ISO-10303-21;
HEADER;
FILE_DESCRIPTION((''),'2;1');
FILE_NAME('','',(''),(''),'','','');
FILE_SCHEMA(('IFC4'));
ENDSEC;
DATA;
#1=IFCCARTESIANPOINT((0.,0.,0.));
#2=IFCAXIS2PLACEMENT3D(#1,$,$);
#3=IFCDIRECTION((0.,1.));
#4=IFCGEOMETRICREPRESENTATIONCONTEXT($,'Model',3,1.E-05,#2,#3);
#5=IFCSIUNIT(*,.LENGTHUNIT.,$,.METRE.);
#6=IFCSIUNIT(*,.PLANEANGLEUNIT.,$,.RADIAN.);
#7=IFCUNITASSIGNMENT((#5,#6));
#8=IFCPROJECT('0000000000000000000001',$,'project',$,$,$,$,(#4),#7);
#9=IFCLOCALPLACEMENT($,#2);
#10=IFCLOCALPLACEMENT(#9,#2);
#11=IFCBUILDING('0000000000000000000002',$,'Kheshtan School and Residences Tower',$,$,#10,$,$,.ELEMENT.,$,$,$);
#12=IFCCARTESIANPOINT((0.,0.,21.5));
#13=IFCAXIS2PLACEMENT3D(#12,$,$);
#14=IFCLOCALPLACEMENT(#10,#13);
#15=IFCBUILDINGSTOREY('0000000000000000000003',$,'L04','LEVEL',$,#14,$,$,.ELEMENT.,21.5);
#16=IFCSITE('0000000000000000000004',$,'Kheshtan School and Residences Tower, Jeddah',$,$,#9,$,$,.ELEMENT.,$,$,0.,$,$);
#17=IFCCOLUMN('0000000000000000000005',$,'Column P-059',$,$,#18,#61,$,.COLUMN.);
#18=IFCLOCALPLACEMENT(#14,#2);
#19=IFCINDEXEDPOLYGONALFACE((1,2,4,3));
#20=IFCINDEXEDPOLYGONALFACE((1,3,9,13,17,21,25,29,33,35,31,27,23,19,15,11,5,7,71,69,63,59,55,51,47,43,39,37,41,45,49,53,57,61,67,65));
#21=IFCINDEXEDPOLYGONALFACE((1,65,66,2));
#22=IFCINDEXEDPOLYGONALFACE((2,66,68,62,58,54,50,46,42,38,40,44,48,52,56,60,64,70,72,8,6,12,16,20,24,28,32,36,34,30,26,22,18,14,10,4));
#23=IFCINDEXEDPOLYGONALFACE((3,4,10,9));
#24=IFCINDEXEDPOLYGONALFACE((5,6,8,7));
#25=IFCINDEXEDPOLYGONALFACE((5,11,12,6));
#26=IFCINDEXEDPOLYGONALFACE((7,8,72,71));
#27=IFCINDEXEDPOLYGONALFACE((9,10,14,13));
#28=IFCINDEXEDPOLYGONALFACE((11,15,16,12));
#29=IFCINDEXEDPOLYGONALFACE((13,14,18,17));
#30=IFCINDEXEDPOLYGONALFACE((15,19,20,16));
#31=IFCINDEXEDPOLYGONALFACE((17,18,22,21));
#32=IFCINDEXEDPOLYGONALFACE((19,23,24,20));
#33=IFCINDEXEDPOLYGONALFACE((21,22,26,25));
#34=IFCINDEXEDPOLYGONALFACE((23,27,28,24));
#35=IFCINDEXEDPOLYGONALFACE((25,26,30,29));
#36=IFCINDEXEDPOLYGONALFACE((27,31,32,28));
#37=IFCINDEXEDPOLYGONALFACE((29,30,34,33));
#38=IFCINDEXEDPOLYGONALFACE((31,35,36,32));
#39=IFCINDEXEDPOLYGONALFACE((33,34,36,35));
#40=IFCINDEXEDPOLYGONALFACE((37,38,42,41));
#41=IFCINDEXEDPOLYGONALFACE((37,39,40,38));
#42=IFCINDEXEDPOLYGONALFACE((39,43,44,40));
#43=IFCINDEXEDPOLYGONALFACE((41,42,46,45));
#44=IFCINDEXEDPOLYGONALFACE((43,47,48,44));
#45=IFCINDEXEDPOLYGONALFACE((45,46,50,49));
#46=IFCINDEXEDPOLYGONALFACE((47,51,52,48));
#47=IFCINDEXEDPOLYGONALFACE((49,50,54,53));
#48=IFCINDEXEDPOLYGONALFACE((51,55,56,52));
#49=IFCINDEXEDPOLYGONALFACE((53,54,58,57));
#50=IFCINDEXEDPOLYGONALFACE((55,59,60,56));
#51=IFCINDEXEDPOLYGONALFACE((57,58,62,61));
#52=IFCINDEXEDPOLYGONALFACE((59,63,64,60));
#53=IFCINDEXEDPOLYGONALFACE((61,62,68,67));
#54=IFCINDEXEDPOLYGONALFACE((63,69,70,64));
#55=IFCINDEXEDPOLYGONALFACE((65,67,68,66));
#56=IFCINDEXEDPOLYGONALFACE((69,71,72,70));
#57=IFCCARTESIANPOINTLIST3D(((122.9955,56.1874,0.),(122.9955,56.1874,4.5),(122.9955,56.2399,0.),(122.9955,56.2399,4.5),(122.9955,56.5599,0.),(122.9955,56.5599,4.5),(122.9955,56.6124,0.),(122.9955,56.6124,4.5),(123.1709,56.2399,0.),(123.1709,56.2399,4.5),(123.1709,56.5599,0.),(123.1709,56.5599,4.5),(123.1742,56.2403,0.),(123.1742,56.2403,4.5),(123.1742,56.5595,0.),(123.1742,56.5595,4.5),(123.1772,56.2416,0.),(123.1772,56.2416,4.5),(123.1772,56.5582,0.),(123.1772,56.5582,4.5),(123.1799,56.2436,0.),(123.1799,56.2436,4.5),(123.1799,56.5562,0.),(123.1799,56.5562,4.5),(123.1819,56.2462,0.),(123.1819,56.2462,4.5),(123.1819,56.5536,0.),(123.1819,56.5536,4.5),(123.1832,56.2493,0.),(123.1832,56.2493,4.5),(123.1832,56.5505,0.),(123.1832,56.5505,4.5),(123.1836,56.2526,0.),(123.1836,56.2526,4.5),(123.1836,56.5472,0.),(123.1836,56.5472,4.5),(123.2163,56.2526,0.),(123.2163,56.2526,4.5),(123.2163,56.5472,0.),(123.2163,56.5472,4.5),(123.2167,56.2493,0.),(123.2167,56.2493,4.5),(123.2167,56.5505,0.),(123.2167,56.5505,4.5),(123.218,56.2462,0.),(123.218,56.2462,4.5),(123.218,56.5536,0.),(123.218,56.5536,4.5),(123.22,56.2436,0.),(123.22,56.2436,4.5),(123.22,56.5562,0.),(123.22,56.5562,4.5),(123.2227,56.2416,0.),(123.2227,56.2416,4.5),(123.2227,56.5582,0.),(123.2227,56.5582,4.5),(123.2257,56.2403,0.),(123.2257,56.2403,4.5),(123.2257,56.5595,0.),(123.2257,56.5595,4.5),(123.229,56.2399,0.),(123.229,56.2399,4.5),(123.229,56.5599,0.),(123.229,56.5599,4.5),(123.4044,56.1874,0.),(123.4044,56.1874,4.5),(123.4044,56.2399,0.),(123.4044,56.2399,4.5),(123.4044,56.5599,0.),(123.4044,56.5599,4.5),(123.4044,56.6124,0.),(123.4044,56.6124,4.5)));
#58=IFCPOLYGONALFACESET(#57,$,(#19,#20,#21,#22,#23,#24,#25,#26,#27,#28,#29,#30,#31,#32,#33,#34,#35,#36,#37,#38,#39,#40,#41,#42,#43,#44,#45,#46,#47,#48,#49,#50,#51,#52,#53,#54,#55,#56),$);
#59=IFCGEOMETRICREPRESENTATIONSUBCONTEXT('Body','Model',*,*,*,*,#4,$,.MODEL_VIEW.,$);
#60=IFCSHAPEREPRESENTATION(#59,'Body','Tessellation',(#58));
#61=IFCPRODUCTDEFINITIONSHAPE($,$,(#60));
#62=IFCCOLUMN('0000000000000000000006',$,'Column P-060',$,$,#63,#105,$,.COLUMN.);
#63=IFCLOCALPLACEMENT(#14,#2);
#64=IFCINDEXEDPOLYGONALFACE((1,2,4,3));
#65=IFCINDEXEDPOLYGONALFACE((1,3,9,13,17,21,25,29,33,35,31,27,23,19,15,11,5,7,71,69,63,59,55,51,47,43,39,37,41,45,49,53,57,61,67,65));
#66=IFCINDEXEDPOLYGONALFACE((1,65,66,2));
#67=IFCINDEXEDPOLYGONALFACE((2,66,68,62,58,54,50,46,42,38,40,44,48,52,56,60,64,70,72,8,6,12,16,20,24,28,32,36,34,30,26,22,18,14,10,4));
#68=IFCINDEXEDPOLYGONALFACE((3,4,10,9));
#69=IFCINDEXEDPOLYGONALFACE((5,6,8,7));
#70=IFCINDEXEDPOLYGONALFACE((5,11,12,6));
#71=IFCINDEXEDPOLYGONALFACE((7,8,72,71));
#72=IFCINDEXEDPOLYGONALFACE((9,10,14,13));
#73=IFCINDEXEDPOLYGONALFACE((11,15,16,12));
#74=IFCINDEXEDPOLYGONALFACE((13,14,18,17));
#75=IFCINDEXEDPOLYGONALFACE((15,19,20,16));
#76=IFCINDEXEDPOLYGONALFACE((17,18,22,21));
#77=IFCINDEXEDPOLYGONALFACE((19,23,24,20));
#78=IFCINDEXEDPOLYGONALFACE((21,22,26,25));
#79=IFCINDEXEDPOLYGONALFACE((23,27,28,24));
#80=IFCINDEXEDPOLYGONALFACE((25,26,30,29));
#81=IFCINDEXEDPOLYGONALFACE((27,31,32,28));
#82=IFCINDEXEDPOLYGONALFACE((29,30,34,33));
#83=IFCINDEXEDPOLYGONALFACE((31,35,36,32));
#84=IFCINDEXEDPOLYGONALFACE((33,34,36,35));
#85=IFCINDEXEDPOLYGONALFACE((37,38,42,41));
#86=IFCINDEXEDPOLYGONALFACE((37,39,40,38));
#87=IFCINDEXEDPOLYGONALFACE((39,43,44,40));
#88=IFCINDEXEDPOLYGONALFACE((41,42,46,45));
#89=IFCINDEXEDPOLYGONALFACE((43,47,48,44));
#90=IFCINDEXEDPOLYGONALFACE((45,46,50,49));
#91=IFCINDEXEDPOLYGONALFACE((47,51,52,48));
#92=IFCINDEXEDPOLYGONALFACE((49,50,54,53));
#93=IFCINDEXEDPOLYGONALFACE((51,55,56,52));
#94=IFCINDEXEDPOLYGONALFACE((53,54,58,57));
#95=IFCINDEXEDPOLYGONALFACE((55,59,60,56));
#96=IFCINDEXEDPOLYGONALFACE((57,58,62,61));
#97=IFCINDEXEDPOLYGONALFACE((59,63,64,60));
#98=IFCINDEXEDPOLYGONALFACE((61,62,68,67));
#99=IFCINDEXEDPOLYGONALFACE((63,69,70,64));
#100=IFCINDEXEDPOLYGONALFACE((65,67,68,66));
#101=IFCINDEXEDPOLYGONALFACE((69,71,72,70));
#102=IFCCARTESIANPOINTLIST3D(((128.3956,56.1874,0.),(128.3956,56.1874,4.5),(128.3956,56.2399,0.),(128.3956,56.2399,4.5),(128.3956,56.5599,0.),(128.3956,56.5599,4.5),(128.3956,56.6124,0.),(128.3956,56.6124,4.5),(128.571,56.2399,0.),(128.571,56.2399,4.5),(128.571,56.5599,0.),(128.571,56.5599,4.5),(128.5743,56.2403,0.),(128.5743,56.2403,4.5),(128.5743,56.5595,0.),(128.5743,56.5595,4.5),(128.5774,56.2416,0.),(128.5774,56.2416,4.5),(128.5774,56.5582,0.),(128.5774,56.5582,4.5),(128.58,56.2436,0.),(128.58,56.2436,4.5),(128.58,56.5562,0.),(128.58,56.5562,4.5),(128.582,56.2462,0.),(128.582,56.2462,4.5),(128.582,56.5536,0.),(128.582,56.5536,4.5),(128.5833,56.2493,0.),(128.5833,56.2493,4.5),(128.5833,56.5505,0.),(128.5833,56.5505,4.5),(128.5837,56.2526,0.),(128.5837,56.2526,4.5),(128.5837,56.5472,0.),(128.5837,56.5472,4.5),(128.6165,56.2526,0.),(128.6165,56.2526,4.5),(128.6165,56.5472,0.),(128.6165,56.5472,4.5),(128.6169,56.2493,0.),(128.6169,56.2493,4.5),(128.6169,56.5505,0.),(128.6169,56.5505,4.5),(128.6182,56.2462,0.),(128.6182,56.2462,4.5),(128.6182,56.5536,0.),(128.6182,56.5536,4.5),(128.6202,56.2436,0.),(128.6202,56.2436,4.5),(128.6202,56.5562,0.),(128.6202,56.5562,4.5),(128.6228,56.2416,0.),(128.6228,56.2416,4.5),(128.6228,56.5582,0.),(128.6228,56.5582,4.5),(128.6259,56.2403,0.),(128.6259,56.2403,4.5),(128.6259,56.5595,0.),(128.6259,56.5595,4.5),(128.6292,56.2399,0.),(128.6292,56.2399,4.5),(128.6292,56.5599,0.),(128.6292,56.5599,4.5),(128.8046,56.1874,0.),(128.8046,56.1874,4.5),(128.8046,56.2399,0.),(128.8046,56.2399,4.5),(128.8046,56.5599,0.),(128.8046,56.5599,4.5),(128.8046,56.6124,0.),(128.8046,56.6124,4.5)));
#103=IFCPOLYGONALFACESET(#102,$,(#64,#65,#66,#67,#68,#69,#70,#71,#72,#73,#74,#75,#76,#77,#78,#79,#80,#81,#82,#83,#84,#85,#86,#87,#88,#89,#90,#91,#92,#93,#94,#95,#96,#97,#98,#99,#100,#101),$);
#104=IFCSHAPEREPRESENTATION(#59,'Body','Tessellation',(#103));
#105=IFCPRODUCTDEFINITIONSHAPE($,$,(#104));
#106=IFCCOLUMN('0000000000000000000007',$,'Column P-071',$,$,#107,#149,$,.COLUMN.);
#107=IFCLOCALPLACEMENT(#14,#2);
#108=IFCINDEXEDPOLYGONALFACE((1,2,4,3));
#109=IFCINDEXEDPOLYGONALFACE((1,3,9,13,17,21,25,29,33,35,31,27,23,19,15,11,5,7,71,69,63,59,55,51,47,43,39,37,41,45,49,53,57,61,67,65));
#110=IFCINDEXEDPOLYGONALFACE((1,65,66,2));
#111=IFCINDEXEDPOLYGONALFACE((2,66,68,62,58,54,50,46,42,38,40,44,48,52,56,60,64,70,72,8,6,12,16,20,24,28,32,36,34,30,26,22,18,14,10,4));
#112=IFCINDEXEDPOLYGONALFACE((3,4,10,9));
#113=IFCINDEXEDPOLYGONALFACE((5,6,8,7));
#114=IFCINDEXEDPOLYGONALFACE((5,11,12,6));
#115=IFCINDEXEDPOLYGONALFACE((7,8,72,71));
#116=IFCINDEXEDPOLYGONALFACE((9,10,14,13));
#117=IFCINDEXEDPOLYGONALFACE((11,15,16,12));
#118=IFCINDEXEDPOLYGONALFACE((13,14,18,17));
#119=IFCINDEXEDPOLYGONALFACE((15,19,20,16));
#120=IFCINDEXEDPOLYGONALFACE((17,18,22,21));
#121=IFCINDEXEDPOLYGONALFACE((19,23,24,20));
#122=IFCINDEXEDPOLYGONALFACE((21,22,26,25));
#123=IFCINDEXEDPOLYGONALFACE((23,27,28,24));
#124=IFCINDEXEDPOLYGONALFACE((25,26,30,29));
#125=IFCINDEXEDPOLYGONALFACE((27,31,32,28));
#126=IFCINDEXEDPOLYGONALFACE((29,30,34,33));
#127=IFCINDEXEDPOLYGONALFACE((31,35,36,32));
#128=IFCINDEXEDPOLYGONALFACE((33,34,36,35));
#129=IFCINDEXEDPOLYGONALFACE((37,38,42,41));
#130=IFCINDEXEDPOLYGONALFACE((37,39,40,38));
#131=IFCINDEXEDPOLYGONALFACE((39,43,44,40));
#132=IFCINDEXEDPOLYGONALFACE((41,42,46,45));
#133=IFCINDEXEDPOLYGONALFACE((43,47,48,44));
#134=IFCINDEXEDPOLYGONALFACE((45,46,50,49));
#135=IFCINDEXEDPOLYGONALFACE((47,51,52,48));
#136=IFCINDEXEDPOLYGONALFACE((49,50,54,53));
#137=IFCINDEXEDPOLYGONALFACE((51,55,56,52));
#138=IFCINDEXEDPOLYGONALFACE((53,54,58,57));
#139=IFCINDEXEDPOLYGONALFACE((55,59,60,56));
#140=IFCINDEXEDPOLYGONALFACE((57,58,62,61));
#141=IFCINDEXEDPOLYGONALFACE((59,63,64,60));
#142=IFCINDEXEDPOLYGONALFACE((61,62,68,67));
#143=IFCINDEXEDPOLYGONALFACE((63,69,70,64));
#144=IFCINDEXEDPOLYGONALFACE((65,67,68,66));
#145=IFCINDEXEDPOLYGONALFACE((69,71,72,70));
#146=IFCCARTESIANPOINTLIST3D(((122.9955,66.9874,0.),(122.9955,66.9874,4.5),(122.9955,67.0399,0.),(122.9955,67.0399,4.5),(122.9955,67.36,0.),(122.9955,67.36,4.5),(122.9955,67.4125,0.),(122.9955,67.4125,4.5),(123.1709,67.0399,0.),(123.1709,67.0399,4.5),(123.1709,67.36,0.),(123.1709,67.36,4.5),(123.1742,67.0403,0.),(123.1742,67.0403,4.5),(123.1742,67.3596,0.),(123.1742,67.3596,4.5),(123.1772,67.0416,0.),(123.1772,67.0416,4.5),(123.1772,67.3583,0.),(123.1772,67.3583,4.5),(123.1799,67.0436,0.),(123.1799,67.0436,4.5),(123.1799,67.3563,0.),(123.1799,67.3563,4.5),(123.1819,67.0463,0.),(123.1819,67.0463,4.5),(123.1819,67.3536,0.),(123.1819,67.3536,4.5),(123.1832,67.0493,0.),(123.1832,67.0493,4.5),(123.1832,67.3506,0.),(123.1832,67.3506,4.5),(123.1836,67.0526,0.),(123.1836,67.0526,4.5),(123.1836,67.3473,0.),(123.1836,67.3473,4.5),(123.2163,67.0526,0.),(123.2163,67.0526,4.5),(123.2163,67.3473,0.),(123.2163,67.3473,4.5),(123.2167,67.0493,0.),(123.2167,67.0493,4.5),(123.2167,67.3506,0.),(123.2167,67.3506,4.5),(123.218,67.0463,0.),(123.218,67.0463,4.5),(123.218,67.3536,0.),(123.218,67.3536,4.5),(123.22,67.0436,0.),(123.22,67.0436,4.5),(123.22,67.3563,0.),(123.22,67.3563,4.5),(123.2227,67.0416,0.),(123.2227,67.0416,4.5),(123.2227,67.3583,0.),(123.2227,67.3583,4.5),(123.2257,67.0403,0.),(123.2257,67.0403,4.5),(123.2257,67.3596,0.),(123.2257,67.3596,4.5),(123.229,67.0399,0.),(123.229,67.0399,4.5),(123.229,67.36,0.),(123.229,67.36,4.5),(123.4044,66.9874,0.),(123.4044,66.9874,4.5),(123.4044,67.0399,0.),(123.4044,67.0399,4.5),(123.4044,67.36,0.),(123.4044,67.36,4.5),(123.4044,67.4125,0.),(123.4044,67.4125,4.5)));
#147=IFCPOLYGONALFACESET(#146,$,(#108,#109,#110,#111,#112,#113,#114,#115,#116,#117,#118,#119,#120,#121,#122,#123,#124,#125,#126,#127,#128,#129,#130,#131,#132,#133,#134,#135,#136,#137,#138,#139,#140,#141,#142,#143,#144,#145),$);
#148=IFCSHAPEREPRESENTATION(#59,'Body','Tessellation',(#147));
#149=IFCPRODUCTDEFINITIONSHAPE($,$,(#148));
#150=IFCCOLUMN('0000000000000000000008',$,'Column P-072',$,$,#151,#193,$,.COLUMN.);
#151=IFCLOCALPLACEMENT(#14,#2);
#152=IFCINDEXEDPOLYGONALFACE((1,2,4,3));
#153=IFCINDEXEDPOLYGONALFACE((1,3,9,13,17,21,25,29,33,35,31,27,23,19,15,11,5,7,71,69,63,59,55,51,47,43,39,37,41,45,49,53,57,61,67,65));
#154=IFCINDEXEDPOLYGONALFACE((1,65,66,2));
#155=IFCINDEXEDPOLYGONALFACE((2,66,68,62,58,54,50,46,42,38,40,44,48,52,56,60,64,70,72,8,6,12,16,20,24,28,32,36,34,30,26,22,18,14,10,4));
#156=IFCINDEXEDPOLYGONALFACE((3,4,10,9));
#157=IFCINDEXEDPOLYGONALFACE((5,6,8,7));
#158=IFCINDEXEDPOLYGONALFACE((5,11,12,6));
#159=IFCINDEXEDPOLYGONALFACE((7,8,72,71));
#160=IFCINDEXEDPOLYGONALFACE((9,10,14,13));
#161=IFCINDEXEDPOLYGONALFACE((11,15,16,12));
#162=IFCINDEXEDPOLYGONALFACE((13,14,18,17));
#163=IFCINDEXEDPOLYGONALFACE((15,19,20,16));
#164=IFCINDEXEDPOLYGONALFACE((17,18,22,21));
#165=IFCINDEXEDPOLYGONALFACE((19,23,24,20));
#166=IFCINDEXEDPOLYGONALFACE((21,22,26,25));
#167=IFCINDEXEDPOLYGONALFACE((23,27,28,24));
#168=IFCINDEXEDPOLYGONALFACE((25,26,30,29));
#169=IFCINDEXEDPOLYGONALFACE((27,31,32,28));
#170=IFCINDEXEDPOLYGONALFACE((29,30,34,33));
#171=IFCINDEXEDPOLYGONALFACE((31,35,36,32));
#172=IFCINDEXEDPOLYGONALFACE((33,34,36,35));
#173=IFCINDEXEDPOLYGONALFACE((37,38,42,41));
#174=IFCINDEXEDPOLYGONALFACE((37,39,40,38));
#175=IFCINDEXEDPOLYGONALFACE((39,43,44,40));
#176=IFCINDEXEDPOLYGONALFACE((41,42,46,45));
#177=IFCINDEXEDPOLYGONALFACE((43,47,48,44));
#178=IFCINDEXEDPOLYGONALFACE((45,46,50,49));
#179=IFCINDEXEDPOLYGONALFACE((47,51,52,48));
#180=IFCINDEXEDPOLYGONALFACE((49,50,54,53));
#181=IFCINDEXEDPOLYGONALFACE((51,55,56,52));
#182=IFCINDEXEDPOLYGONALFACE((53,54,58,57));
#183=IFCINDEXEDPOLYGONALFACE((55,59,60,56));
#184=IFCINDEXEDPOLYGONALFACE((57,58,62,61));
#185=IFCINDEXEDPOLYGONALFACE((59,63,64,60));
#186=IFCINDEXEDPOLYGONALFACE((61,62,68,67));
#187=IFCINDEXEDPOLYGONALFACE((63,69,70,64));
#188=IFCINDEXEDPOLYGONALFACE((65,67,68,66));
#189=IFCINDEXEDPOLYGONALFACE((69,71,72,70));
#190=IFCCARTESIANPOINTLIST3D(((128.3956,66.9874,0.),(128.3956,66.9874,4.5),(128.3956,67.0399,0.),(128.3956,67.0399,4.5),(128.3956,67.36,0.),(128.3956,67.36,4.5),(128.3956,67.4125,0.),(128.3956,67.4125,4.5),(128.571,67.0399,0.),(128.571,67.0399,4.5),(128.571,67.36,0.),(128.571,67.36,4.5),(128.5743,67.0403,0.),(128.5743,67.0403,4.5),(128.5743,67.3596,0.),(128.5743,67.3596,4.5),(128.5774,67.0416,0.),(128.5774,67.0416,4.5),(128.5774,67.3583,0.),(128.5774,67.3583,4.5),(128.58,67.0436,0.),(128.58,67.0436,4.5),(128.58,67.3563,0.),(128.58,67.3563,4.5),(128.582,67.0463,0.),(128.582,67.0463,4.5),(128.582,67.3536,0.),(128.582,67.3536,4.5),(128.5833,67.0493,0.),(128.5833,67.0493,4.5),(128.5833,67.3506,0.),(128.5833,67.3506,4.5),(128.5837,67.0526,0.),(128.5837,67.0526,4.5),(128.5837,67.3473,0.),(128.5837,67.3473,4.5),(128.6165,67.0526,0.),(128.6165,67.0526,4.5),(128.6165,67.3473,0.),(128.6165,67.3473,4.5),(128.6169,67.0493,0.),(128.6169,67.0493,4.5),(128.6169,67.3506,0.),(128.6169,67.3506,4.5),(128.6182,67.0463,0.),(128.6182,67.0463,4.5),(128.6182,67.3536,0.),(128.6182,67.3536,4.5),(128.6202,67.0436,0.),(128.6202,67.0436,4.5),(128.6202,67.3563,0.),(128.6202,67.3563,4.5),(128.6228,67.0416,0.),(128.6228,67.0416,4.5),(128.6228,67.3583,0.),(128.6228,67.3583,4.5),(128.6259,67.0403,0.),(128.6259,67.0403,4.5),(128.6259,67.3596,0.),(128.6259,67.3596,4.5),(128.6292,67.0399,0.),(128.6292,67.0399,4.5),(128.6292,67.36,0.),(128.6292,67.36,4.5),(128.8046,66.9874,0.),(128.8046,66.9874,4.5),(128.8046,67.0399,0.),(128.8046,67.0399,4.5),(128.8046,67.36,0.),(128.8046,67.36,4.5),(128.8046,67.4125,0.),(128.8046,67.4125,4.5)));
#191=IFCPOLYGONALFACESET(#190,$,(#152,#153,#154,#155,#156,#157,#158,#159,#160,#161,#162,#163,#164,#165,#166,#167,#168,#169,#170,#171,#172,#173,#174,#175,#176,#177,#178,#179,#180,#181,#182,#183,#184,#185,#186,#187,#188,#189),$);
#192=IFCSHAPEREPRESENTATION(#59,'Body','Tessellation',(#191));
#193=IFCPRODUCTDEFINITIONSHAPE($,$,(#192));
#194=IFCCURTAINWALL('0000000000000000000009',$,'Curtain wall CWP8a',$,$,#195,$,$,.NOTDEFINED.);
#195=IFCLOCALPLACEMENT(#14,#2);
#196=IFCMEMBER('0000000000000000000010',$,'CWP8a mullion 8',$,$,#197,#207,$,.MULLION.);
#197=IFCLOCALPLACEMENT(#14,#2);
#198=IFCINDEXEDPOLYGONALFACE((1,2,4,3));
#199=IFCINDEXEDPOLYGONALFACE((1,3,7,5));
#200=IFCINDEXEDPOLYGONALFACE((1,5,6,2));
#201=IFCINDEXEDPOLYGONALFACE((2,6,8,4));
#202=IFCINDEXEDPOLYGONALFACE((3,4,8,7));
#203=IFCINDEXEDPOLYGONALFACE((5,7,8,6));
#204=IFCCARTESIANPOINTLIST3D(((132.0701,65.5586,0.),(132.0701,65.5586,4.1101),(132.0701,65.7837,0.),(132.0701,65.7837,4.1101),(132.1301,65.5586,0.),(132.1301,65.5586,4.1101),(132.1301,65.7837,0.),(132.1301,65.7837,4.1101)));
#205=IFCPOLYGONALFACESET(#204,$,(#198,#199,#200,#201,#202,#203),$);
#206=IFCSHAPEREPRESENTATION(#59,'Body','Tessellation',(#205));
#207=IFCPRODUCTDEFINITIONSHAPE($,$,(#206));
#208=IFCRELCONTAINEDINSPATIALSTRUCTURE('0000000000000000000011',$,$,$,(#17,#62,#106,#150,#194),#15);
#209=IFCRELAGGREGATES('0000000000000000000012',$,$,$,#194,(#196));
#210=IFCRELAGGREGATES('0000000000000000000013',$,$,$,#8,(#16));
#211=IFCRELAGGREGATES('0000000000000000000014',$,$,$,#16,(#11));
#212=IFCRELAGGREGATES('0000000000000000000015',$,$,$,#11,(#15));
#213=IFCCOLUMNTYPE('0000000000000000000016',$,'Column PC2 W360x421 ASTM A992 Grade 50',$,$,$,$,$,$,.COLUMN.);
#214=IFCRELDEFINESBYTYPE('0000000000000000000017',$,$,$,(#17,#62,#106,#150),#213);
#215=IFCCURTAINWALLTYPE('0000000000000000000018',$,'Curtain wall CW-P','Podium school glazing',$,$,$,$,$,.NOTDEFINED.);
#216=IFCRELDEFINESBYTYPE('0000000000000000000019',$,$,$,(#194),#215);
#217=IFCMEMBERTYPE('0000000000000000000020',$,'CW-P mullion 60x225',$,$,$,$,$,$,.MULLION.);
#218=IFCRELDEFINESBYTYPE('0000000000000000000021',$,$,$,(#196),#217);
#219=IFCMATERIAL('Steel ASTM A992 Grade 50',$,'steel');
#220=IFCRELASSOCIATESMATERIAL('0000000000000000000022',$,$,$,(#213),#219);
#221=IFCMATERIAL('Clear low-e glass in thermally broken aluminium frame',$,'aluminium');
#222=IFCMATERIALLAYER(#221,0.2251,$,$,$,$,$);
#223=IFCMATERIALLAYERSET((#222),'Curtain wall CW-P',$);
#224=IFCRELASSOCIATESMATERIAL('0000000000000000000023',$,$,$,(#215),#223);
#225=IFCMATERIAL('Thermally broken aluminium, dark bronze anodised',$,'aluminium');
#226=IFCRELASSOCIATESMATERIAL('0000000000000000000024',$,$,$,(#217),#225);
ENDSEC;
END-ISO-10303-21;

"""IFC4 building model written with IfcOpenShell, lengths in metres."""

from ifc_helpers import new_model, si_unit, direction, frame, origin, origin_2d, place, context, subcontext, project, spatial, rectangle, i_section, extrude, material, layer, layer_set, material_profile, profile_set, type_object, element, aggregate, save


model = new_model("IFC4")

# Units and contexts
model_context = context("Model", 3, precision=1e-05, world=origin(), true_north=direction((0.0, 1.0)))
body_context = subcontext(model_context, "Body", "Model", "MODEL_VIEW")
ifc_project = project(units=[si_unit("LENGTHUNIT", "METRE"), si_unit("PLANEANGLEUNIT", "RADIAN")], contexts=[model_context])

# Site, building, storey
site_placement = place(None, origin())
site = spatial("IfcSite", under=ifc_project, at=site_placement, Name="Kheshtan School and Residences Tower, Jeddah", CompositionType="ELEMENT", RefElevation=0.0)
building_placement = place(site_placement, origin())
building = spatial("IfcBuilding", under=site, at=building_placement, Name="Kheshtan School and Residences Tower", CompositionType="ELEMENT")
storey_placement = place(building_placement, frame((0.0, 0.0, 21.5)))
storey = spatial("IfcBuildingStorey", under=building, at=storey_placement, Name="L04", Description="LEVEL", CompositionType="ELEMENT", Elevation=21.5)

# Columns
ifc_material_1 = material(Name="Steel ASTM A992 Grade 50", Category="steel")
ifc_material_profile_1 = material_profile(ifc_material_1, i_section(OverallWidth=0.4089, OverallDepth=0.425, WebThickness=0.0327, FlangeThickness=0.0525, FilletRadius=0.0127, at=origin_2d()), Name="W360x421")
ifc_profile_set_1 = profile_set([ifc_material_profile_1], Name="Steel ASTM A992 Grade 50")
column_type = type_object("IfcColumnType", Name="Column PC2 W360x421 ASTM A992 Grade 50", PredefinedType="COLUMN", material=ifc_profile_set_1)
for number, where, z_axis, x_axis, name in (
    (1, (123.2, 56.3999, 0.0), (0.0, 0.0, 1.0), (1.0, 0.0, 0.0), "Column P-059"),
    (2, (128.6001, 56.3999, 0.0), (0.0, 0.0, 1.0), (1.0, 0.0, 0.0), "Column P-060"),
    (3, (123.2, 67.2, 0.0), (0.0, 0.0, 1.0), (1.0, 0.0, 0.0), "Column P-071"),
    (4, (128.6001, 67.2, 0.0), (0.0, 0.0, 1.0), (1.0, 0.0, 0.0), "Column P-072"),
):
    element("IfcColumn", number, at=place(storey_placement, frame(where, z_axis=z_axis, x_axis=x_axis)), inside=storey, type_object=column_type, Name=name, PredefinedType="COLUMN", context=body_context, shape_type="SweptSolid", body=[
        extrude(i_section(OverallWidth=0.4089, OverallDepth=0.425, WebThickness=0.0327, FlangeThickness=0.0525, FilletRadius=0.0127, at=origin_2d()), origin(), (0.0, 0.0, 1.0), 4.5),
    ])

# Curtain wall, member
ifc_material_2 = material(Name="Clear low-e glass in thermally broken aluminium frame", Category="aluminium")
ifc_layer_1 = layer(ifc_material_2, 0.2251)
ifc_layer_set_1 = layer_set([ifc_layer_1], Name="Curtain wall CW-P")
curtain_wall_type = type_object("IfcCurtainWallType", Name="Curtain wall CW-P", Description="Podium school glazing", PredefinedType="NOTDEFINED", material=ifc_layer_set_1)
curtain_wall_placement = place(storey_placement, origin())
curtain_wall = element("IfcCurtainWall", 5, at=curtain_wall_placement, inside=storey, type_object=curtain_wall_type, Name="Curtain wall CWP8a", PredefinedType="NOTDEFINED")
ifc_material_3 = material(Name="Thermally broken aluminium, dark bronze anodised", Category="aluminium")
ifc_material_profile_2 = material_profile(ifc_material_3, rectangle(XDim=0.0601, YDim=0.2251, at=origin_2d()), Name="CW-P mullion 60x225")
ifc_profile_set_2 = profile_set([ifc_material_profile_2], Name="Thermally broken aluminium, dark bronze anodised")
member_type = type_object("IfcMemberType", Name="CW-P mullion 60x225", PredefinedType="MULLION", material=ifc_profile_set_2)
member_1_placement = place(storey_placement, frame((132.1001, 65.6711, 0.0), z_axis=(0.0, 0.0, 1.0), x_axis=(1.0, 0.0, 0.0)))
member_1 = element("IfcMember", 6, at=member_1_placement, type_object=member_type, Name="CWP8a mullion 8", PredefinedType="MULLION", context=body_context, shape_type="SweptSolid", body=[
    extrude(rectangle(XDim=0.0601, YDim=0.2251, at=origin_2d()), origin(), (0.0, 0.0, 1.0), 4.1101),
])
aggregate(curtain_wall, [member_1])

save(model, "model.ifc")
